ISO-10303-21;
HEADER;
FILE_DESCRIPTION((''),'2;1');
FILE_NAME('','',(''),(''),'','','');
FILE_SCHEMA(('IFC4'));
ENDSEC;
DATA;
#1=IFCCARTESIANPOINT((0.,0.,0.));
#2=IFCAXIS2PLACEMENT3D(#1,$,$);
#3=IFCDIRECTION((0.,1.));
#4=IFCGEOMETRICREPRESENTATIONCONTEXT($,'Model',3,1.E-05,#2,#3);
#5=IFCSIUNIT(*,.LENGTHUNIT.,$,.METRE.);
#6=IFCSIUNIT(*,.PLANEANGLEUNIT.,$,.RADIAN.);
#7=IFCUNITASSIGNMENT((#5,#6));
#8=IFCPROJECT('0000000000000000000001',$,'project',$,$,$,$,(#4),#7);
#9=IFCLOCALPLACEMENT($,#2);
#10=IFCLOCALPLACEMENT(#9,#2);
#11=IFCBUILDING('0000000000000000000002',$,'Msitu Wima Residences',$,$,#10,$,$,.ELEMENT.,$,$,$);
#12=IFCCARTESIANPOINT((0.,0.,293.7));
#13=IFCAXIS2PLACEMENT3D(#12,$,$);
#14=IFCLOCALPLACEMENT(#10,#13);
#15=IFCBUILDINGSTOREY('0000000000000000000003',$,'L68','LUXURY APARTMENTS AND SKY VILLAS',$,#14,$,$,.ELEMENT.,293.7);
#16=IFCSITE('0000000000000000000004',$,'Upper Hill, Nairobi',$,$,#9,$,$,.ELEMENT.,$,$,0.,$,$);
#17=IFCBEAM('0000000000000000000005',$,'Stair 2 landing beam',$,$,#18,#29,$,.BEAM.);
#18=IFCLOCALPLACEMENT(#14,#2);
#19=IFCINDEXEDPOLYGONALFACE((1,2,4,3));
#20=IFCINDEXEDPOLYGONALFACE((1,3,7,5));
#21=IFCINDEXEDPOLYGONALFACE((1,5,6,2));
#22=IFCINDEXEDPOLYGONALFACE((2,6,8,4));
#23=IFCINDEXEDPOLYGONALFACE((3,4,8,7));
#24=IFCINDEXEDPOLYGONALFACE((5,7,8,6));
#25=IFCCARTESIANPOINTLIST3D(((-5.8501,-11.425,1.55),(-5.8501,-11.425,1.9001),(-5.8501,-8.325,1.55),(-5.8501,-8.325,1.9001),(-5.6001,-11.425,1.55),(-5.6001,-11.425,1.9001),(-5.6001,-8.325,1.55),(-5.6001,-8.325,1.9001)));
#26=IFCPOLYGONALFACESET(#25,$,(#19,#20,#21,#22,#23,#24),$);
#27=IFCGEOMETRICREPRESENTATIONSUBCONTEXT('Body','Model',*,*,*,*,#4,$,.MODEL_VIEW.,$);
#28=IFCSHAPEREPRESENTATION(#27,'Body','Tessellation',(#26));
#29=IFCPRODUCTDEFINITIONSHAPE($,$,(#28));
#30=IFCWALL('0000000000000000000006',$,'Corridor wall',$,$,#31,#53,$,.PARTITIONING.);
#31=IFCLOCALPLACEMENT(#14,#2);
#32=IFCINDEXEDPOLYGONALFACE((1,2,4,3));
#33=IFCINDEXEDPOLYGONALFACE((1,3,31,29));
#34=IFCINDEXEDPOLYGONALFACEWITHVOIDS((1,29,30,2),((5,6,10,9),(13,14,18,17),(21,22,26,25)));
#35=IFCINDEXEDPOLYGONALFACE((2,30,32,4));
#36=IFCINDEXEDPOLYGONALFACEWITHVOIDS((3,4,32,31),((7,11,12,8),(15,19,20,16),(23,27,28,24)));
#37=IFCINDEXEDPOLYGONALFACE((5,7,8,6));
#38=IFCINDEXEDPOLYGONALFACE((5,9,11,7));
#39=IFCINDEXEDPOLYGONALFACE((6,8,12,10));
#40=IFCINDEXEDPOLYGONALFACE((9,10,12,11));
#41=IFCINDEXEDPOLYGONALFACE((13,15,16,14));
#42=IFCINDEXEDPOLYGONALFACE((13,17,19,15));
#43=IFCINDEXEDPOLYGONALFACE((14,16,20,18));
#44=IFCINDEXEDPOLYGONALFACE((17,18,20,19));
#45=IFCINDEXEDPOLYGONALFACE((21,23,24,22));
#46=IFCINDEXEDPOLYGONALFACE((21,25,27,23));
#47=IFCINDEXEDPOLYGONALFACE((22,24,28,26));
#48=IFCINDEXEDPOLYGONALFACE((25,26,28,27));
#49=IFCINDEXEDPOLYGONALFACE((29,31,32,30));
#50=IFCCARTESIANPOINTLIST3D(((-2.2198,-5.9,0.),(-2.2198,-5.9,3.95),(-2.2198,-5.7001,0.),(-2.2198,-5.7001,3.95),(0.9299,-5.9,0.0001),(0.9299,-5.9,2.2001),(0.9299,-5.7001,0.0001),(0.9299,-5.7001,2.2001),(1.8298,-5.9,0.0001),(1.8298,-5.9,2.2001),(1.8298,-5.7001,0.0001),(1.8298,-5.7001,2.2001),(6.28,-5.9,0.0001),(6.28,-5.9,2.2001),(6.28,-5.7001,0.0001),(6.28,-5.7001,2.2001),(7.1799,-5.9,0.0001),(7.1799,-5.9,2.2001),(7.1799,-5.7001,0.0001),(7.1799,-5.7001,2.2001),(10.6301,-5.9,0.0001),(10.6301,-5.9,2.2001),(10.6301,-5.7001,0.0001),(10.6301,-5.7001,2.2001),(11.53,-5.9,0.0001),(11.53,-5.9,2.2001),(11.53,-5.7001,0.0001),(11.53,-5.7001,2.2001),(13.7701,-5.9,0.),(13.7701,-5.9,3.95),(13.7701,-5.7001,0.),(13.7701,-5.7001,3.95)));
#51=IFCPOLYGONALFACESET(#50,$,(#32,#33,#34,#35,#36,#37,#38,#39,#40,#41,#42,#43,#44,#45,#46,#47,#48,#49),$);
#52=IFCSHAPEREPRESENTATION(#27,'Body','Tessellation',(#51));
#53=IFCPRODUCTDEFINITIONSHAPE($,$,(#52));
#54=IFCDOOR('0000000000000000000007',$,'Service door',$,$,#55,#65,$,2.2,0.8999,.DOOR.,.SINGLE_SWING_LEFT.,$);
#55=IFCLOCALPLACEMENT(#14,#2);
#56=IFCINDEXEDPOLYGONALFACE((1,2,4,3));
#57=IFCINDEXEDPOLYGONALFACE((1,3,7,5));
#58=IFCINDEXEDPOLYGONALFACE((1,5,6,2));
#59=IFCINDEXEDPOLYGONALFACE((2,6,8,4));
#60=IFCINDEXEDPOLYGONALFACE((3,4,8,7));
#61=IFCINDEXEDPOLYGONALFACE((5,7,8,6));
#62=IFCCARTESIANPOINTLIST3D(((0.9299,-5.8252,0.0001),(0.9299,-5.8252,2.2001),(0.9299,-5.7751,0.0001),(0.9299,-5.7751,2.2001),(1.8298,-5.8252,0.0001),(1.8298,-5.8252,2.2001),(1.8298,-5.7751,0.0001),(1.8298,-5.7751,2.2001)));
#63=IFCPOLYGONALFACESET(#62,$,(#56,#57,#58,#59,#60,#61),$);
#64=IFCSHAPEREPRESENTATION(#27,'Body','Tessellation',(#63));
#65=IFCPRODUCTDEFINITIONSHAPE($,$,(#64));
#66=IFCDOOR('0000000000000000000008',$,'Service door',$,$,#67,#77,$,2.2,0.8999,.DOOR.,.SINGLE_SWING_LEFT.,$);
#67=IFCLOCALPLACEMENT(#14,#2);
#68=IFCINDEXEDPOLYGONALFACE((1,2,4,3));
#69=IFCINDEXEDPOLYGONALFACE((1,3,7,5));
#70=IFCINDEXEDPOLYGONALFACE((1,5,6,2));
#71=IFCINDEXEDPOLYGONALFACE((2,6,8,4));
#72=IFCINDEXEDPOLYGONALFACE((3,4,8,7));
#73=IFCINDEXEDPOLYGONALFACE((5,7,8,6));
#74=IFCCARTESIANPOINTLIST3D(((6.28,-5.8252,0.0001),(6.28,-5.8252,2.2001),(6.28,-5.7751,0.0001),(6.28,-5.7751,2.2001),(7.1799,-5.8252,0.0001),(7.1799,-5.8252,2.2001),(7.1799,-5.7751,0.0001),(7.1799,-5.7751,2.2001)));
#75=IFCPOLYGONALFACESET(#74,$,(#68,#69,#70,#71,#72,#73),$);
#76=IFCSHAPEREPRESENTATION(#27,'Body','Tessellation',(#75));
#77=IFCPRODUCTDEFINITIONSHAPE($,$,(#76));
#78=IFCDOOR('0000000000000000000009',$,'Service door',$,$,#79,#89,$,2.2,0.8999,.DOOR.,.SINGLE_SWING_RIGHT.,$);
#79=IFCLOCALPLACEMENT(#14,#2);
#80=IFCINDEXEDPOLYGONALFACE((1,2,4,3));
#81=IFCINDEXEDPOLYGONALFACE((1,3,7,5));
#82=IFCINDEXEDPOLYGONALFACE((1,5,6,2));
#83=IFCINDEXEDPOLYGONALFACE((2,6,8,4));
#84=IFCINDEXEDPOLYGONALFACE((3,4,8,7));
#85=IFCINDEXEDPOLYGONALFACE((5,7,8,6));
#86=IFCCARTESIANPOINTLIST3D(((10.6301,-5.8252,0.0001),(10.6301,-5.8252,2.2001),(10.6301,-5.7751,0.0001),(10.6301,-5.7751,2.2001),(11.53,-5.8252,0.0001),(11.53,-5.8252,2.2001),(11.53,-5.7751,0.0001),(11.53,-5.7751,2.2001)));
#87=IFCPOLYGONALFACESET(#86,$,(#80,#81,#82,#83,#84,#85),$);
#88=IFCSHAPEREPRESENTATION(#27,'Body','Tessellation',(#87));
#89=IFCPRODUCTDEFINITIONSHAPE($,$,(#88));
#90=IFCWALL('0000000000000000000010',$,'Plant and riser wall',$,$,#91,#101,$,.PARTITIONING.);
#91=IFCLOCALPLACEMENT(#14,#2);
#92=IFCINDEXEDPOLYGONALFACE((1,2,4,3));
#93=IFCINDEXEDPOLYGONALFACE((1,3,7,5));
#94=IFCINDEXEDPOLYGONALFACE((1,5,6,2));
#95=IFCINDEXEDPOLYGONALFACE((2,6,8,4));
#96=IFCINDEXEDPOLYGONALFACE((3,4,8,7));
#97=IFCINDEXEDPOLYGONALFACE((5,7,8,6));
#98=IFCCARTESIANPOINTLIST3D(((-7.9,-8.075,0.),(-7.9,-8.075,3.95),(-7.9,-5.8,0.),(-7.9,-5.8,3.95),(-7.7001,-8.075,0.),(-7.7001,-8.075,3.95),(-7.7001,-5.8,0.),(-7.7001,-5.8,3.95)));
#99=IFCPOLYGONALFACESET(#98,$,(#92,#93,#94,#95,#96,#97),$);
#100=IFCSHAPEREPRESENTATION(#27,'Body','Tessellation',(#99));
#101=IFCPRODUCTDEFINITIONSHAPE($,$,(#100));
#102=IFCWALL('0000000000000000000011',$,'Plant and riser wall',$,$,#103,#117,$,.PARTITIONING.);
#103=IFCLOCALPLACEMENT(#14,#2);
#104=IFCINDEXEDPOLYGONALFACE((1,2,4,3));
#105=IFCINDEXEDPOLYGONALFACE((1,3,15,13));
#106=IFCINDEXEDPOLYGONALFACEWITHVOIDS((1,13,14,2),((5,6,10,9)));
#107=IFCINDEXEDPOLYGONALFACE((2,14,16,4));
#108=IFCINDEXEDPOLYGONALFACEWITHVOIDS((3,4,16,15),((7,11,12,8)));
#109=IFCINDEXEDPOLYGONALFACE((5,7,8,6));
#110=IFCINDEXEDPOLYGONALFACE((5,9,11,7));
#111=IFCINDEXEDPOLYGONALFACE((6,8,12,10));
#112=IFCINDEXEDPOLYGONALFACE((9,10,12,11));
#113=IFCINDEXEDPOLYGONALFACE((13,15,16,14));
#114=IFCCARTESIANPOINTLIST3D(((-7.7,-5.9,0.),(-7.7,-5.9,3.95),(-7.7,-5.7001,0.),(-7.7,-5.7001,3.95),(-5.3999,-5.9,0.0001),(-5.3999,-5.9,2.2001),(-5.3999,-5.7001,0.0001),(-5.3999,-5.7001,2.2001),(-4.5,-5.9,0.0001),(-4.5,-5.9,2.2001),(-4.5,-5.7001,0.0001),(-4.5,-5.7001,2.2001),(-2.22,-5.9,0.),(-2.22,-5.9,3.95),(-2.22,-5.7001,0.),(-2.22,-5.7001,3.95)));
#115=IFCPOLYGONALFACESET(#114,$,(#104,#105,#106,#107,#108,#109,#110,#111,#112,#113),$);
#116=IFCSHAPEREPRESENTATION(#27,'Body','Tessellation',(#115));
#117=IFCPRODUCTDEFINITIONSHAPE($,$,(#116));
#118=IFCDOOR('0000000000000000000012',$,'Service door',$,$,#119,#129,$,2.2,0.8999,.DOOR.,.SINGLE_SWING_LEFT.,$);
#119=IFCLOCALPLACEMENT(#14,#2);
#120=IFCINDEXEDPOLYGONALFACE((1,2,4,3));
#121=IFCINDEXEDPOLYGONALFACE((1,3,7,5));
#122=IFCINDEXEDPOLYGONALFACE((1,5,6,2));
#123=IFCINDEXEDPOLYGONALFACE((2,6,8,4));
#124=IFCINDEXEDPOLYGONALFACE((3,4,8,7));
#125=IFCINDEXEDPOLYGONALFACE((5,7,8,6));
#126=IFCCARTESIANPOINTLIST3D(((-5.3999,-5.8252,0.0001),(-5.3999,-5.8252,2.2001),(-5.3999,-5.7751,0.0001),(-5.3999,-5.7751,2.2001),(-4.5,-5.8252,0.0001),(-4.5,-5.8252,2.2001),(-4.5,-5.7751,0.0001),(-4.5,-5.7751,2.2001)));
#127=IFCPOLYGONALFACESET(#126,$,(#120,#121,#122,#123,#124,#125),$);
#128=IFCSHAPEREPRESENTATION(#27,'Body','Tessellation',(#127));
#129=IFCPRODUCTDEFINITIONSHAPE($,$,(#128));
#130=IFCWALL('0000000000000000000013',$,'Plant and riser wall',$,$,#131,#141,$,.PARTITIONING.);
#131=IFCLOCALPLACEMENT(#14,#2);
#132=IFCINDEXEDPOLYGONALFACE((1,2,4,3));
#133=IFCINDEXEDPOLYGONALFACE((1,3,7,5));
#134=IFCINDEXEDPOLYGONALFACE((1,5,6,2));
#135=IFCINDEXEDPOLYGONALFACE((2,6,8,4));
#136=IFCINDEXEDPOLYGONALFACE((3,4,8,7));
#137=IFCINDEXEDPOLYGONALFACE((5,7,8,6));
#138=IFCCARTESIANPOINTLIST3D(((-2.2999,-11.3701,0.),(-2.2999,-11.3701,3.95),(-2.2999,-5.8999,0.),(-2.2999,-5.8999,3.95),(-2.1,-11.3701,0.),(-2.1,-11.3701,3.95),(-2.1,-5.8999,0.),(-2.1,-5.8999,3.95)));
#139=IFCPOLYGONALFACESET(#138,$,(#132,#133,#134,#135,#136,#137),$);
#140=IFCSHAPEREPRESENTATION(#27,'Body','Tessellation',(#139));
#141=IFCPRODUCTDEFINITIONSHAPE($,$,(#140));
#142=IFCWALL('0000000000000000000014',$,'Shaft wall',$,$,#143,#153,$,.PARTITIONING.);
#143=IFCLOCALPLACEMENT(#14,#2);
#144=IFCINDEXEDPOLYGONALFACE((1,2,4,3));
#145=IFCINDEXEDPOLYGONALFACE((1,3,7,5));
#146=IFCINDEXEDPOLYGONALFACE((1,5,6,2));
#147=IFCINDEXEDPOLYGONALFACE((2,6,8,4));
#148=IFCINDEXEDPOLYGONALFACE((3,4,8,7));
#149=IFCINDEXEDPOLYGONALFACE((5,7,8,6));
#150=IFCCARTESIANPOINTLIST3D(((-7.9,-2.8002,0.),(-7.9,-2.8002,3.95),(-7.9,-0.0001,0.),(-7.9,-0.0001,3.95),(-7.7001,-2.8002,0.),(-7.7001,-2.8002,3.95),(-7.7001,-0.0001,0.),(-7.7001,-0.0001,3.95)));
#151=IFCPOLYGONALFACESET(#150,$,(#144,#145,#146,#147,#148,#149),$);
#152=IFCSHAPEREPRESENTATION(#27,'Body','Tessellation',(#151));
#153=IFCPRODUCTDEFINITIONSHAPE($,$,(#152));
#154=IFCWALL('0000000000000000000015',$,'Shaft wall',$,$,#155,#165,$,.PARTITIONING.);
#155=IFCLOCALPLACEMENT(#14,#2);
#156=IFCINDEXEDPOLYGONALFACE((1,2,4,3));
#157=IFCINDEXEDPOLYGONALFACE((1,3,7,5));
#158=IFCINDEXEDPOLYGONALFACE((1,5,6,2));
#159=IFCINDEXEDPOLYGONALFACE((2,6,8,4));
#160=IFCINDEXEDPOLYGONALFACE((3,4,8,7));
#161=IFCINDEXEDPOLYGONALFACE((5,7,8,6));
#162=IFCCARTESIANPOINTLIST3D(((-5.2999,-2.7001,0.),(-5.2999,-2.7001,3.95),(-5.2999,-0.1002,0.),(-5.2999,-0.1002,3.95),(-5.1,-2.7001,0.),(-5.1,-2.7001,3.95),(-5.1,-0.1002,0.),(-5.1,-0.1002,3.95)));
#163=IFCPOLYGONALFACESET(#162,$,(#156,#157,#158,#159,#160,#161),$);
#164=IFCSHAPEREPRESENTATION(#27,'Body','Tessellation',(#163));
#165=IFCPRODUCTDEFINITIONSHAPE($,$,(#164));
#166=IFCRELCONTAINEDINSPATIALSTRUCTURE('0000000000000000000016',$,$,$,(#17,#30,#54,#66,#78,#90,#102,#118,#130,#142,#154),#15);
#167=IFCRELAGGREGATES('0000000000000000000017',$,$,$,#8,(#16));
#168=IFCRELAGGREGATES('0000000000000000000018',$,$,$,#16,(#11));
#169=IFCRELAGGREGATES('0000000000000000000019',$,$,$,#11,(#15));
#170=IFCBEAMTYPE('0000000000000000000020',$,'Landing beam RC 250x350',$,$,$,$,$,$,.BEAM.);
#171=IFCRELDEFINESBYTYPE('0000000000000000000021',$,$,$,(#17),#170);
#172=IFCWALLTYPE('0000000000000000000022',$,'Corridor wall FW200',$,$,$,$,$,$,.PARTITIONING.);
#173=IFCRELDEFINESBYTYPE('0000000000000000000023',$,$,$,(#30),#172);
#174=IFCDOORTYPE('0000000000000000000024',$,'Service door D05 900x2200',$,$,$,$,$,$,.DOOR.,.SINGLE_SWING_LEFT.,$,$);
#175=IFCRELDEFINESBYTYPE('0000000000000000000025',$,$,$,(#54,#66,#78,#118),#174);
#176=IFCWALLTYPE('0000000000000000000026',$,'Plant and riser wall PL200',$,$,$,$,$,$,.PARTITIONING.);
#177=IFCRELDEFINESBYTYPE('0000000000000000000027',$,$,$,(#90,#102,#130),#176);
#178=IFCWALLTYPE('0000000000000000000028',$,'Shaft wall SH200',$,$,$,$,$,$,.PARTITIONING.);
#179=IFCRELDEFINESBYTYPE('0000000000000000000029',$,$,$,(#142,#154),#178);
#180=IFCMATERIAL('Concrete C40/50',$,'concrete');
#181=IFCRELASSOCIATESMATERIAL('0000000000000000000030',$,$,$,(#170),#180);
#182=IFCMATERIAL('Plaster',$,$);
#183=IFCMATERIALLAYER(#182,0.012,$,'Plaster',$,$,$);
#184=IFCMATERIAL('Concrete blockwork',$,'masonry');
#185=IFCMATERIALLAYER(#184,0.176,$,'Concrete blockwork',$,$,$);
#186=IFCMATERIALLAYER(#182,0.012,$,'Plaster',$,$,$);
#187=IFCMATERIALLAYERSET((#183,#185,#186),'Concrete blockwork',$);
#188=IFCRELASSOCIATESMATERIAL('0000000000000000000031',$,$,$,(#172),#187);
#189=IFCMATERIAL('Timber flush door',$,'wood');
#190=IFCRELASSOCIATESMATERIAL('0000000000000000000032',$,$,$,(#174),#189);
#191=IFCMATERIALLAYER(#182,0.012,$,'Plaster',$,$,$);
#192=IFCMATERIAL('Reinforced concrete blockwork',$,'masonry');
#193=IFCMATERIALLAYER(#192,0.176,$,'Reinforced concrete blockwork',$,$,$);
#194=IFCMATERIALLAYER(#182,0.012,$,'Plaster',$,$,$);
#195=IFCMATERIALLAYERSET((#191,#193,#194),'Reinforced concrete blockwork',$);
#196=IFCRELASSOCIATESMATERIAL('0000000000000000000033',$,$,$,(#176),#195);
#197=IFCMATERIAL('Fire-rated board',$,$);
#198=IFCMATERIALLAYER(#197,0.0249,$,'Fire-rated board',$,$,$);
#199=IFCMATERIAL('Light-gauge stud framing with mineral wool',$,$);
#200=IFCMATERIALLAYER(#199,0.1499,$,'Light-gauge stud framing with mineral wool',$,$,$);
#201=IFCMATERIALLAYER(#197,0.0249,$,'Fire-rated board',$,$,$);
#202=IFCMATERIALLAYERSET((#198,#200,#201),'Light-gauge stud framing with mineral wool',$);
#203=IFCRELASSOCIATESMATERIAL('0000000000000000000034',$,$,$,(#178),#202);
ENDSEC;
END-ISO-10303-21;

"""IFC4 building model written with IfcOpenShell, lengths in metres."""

from ifc_helpers import new_model, si_unit, direction, frame, frame_2d, origin, origin_2d, place, context, subcontext, project, spatial, rectangle, extrude, material, layer, layer_set, material_profile, profile_set, type_object, element, fill, save


model = new_model("IFC4")

# Units and contexts
model_context = context("Model", 3, precision=1e-05, world=origin(), true_north=direction((0.0, 1.0)))
body_context = subcontext(model_context, "Body", "Model", "MODEL_VIEW")
ifc_project = project(units=[si_unit("LENGTHUNIT", "METRE"), si_unit("PLANEANGLEUNIT", "RADIAN")], contexts=[model_context])

# Site, building, storey
site_placement = place(None, origin())
site = spatial("IfcSite", under=ifc_project, at=site_placement, Name="Upper Hill, Nairobi", CompositionType="ELEMENT", RefElevation=0.0)
building_placement = place(site_placement, origin())
building = spatial("IfcBuilding", under=site, at=building_placement, Name="Msitu Wima Residences", CompositionType="ELEMENT")
storey_placement = place(building_placement, frame((0.0, 0.0, 293.7)))
storey = spatial("IfcBuildingStorey", under=building, at=storey_placement, Name="L68", Description="LUXURY APARTMENTS AND SKY VILLAS", CompositionType="ELEMENT", Elevation=293.7)

# Beam
ifc_material_1 = material(Name="Concrete C40/50", Category="concrete")
ifc_material_profile = material_profile(ifc_material_1, rectangle(XDim=0.25, YDim=0.3501, at=origin_2d()), Name="RC 250x350")
ifc_profile_set = profile_set([ifc_material_profile], Name="Concrete C40/50")
beam_type = type_object("IfcBeamType", Name="Landing beam RC 250x350", PredefinedType="BEAM", material=ifc_profile_set)
beam_placement = place(storey_placement, frame((-5.7251, -11.425, 1.7251), z_axis=(0.0, 1.0, 0.0), x_axis=(-1.0, 0.0, 0.0)))
element("IfcBeam", 1, at=beam_placement, inside=storey, type_object=beam_type, Name="Stair 2 landing beam", PredefinedType="BEAM", context=body_context, shape_type="SweptSolid", body=[
    extrude(rectangle(XDim=0.25, YDim=0.3501, at=origin_2d()), origin(), (0.0, 0.0, 1.0), 3.1001),
])

# Shared definitions
ifc_material_2 = material(Name="Plaster")
ifc_layer_1 = layer(ifc_material_2, 0.012, Name="Plaster")
ifc_material_3 = material(Name="Concrete blockwork", Category="masonry")
ifc_layer_2 = layer(ifc_material_3, 0.176, Name="Concrete blockwork")
ifc_layer_3 = layer(ifc_material_2, 0.012, Name="Plaster")
ifc_layer_set_1 = layer_set([ifc_layer_1, ifc_layer_2, ifc_layer_3], Name="Concrete blockwork")
wall_type_1 = type_object("IfcWallType", Name="Corridor wall FW200", PredefinedType="PARTITIONING", material=ifc_layer_set_1)

# Wall, openings, doors
wall_1_placement = place(storey_placement, frame((-2.22, -5.8, 0.0), z_axis=(0.0, 0.0, 1.0), x_axis=(1.0, 0.0, 0.0)))
wall_1 = element("IfcWall", 2, at=wall_1_placement, inside=storey, type_object=wall_type_1, Name="Corridor wall", PredefinedType="PARTITIONING", context=body_context, shape_type="SweptSolid", body=[
    extrude(rectangle(XDim=15.99, YDim=0.2, at=frame_2d((7.9951, 0.0))), origin(), (0.0, 0.0, 1.0), 3.95),
])
opening_1_placement = place(wall_1_placement, frame((3.1499, 0.0, 0.0)))
opening_1 = element("IfcOpeningElement", 3, at=opening_1_placement, cuts=wall_1, PredefinedType="OPENING", context=body_context, shape_type="SweptSolid", body=[
    extrude(rectangle(XDim=0.8999, YDim=2.2, at=frame_2d((0.45, 1.1001))), frame((0.0, 0.1099, 0.0), z_axis=(0.0, -1.0, 0.0), x_axis=(1.0, 0.0, 0.0)), (0.0, 0.0, 1.0), 0.22),
])
opening_2_placement = place(wall_1_placement, frame((8.5, 0.0, 0.0)))
opening_2 = element("IfcOpeningElement", 4, at=opening_2_placement, cuts=wall_1, PredefinedType="OPENING", context=body_context, shape_type="SweptSolid", body=[
    extrude(rectangle(XDim=0.8999, YDim=2.2, at=frame_2d((0.45, 1.1001))), frame((0.0, 0.1099, 0.0), z_axis=(0.0, -1.0, 0.0), x_axis=(1.0, 0.0, 0.0)), (0.0, 0.0, 1.0), 0.22),
])
opening_3_placement = place(wall_1_placement, frame((12.8501, 0.0, 0.0)))
opening_3 = element("IfcOpeningElement", 5, at=opening_3_placement, cuts=wall_1, PredefinedType="OPENING", context=body_context, shape_type="SweptSolid", body=[
    extrude(rectangle(XDim=0.8999, YDim=2.2, at=frame_2d((0.45, 1.1001))), frame((0.0, 0.1099, 0.0), z_axis=(0.0, -1.0, 0.0), x_axis=(1.0, 0.0, 0.0)), (0.0, 0.0, 1.0), 0.22),
])
ifc_material_4 = material(Name="Timber flush door", Category="wood")
door_type_1 = type_object("IfcDoorType", Name="Service door D05 900x2200", OperationType="SINGLE_SWING_LEFT", PredefinedType="DOOR", material=ifc_material_4)
door_1_placement = place(opening_1_placement, origin())
door_1 = element("IfcDoor", 6, at=door_1_placement, inside=storey, type_object=door_type_1, Name="Service door", OperationType="SINGLE_SWING_LEFT", OverallHeight=2.2, OverallWidth=0.8999, PredefinedType="DOOR", context=body_context, shape_type="SweptSolid", body=[
    extrude(rectangle(XDim=0.8999, YDim=2.2, at=frame_2d((0.45, 1.1001))), frame((0.0, 0.0249, 0.0), z_axis=(0.0, -1.0, 0.0), x_axis=(1.0, 0.0, 0.0)), (0.0, 0.0, 1.0), 0.05),
])
fill(opening_1, door_1)
door_2_placement = place(opening_2_placement, origin())
door_2 = element("IfcDoor", 7, at=door_2_placement, inside=storey, type_object=door_type_1, Name="Service door", OperationType="SINGLE_SWING_LEFT", OverallHeight=2.2, OverallWidth=0.8999, PredefinedType="DOOR", context=body_context, shape_type="SweptSolid", body=[
    extrude(rectangle(XDim=0.8999, YDim=2.2, at=frame_2d((0.45, 1.1001))), frame((0.0, 0.0249, 0.0), z_axis=(0.0, -1.0, 0.0), x_axis=(1.0, 0.0, 0.0)), (0.0, 0.0, 1.0), 0.05),
])
fill(opening_2, door_2)
door_3_placement = place(opening_3_placement, origin())
door_3 = element("IfcDoor", 8, at=door_3_placement, inside=storey, type_object=door_type_1, Name="Service door", OperationType="SINGLE_SWING_RIGHT", OverallHeight=2.2, OverallWidth=0.8999, PredefinedType="DOOR", context=body_context, shape_type="SweptSolid", body=[
    extrude(rectangle(XDim=0.8999, YDim=2.2, at=frame_2d((0.45, 1.1001))), frame((0.0, 0.0249, 0.0), z_axis=(0.0, -1.0, 0.0), x_axis=(1.0, 0.0, 0.0)), (0.0, 0.0, 1.0), 0.05),
])
fill(opening_3, door_3)

# Wall
ifc_layer_4 = layer(ifc_material_2, 0.012, Name="Plaster")
ifc_material_5 = material(Name="Reinforced concrete blockwork", Category="masonry")
ifc_layer_5 = layer(ifc_material_5, 0.176, Name="Reinforced concrete blockwork")
ifc_layer_6 = layer(ifc_material_2, 0.012, Name="Plaster")
ifc_layer_set_2 = layer_set([ifc_layer_4, ifc_layer_5, ifc_layer_6], Name="Reinforced concrete blockwork")
wall_type_2 = type_object("IfcWallType", Name="Plant and riser wall PL200", PredefinedType="PARTITIONING", material=ifc_layer_set_2)
wall_2_placement = place(storey_placement, frame((-7.8, -8.075, 0.0), z_axis=(0.0, 0.0, 1.0), x_axis=(0.0, 1.0, 0.0)))
element("IfcWall", 9, at=wall_2_placement, inside=storey, type_object=wall_type_2, Name="Plant and riser wall", PredefinedType="PARTITIONING", context=body_context, shape_type="SweptSolid", body=[
    extrude(rectangle(XDim=2.2749, YDim=0.2, at=frame_2d((1.1375, 0.0))), origin(), (0.0, 0.0, 1.0), 3.95),
])

# Wall, opening, door
wall_3_placement = place(storey_placement, frame((-7.7, -5.8, 0.0), z_axis=(0.0, 0.0, 1.0), x_axis=(1.0, 0.0, 0.0)))
wall_3 = element("IfcWall", 10, at=wall_3_placement, inside=storey, type_object=wall_type_2, Name="Plant and riser wall", PredefinedType="PARTITIONING", context=body_context, shape_type="SweptSolid", body=[
    extrude(rectangle(XDim=5.48, YDim=0.2, at=frame_2d((2.74, 0.0))), origin(), (0.0, 0.0, 1.0), 3.95),
])
opening_4_placement = place(wall_3_placement, frame((2.3, 0.0, 0.0)))
opening_4 = element("IfcOpeningElement", 11, at=opening_4_placement, cuts=wall_3, PredefinedType="OPENING", context=body_context, shape_type="SweptSolid", body=[
    extrude(rectangle(XDim=0.8999, YDim=2.2, at=frame_2d((0.45, 1.1001))), frame((0.0, 0.1099, 0.0), z_axis=(0.0, -1.0, 0.0), x_axis=(1.0, 0.0, 0.0)), (0.0, 0.0, 1.0), 0.22),
])
door_4_placement = place(opening_4_placement, origin())
door_4 = element("IfcDoor", 12, at=door_4_placement, inside=storey, type_object=door_type_1, Name="Service door", OperationType="SINGLE_SWING_LEFT", OverallHeight=2.2, OverallWidth=0.8999, PredefinedType="DOOR", context=body_context, shape_type="SweptSolid", body=[
    extrude(rectangle(XDim=0.8999, YDim=2.2, at=frame_2d((0.45, 1.1001))), frame((0.0, 0.0249, 0.0), z_axis=(0.0, -1.0, 0.0), x_axis=(1.0, 0.0, 0.0)), (0.0, 0.0, 1.0), 0.05),
])
fill(opening_4, door_4)

# Walls
wall_4_placement = place(storey_placement, frame((-2.2, -11.3701, 0.0), z_axis=(0.0, 0.0, 1.0), x_axis=(0.0, 1.0, 0.0)))
element("IfcWall", 13, at=wall_4_placement, inside=storey, type_object=wall_type_2, Name="Plant and riser wall", PredefinedType="PARTITIONING", context=body_context, shape_type="SweptSolid", body=[
    extrude(rectangle(XDim=5.4702, YDim=0.2, at=frame_2d((2.7351, 0.0))), origin(), (0.0, 0.0, 1.0), 3.95),
])
ifc_material_6 = material(Name="Fire-rated board")
ifc_layer_7 = layer(ifc_material_6, 0.0249, Name="Fire-rated board")
ifc_material_7 = material(Name="Light-gauge stud framing with mineral wool")
ifc_layer_8 = layer(ifc_material_7, 0.1499, Name="Light-gauge stud framing with mineral wool")
ifc_layer_9 = layer(ifc_material_6, 0.0249, Name="Fire-rated board")
ifc_layer_set_3 = layer_set([ifc_layer_7, ifc_layer_8, ifc_layer_9], Name="Light-gauge stud framing with mineral wool")
wall_type_3 = type_object("IfcWallType", Name="Shaft wall SH200", PredefinedType="PARTITIONING", material=ifc_layer_set_3)
wall_5_placement = place(storey_placement, frame((-7.8, -2.8, 0.0), z_axis=(0.0, 0.0, 1.0), x_axis=(0.0, 1.0, 0.0)))
element("IfcWall", 14, at=wall_5_placement, inside=storey, type_object=wall_type_3, Name="Shaft wall", PredefinedType="PARTITIONING", context=body_context, shape_type="SweptSolid", body=[
    extrude(rectangle(XDim=2.8, YDim=0.2, at=frame_2d((1.3999, 0.0))), origin(), (0.0, 0.0, 1.0), 3.95),
])
for number, where, z_axis, x_axis, name in (
    (15, (-5.2, -2.7, 0.0), (0.0, 0.0, 1.0), (0.0, 1.0, 0.0), "Shaft wall"),
):
    element("IfcWall", number, at=place(storey_placement, frame(where, z_axis=z_axis, x_axis=x_axis)), inside=storey, type_object=wall_type_3, Name=name, PredefinedType="PARTITIONING", context=body_context, shape_type="SweptSolid", body=[
        extrude(rectangle(XDim=2.5999, YDim=0.2, at=frame_2d((1.2998, 0.0))), origin(), (0.0, 0.0, 1.0), 3.95),
    ])

save(model, "model.ifc")
